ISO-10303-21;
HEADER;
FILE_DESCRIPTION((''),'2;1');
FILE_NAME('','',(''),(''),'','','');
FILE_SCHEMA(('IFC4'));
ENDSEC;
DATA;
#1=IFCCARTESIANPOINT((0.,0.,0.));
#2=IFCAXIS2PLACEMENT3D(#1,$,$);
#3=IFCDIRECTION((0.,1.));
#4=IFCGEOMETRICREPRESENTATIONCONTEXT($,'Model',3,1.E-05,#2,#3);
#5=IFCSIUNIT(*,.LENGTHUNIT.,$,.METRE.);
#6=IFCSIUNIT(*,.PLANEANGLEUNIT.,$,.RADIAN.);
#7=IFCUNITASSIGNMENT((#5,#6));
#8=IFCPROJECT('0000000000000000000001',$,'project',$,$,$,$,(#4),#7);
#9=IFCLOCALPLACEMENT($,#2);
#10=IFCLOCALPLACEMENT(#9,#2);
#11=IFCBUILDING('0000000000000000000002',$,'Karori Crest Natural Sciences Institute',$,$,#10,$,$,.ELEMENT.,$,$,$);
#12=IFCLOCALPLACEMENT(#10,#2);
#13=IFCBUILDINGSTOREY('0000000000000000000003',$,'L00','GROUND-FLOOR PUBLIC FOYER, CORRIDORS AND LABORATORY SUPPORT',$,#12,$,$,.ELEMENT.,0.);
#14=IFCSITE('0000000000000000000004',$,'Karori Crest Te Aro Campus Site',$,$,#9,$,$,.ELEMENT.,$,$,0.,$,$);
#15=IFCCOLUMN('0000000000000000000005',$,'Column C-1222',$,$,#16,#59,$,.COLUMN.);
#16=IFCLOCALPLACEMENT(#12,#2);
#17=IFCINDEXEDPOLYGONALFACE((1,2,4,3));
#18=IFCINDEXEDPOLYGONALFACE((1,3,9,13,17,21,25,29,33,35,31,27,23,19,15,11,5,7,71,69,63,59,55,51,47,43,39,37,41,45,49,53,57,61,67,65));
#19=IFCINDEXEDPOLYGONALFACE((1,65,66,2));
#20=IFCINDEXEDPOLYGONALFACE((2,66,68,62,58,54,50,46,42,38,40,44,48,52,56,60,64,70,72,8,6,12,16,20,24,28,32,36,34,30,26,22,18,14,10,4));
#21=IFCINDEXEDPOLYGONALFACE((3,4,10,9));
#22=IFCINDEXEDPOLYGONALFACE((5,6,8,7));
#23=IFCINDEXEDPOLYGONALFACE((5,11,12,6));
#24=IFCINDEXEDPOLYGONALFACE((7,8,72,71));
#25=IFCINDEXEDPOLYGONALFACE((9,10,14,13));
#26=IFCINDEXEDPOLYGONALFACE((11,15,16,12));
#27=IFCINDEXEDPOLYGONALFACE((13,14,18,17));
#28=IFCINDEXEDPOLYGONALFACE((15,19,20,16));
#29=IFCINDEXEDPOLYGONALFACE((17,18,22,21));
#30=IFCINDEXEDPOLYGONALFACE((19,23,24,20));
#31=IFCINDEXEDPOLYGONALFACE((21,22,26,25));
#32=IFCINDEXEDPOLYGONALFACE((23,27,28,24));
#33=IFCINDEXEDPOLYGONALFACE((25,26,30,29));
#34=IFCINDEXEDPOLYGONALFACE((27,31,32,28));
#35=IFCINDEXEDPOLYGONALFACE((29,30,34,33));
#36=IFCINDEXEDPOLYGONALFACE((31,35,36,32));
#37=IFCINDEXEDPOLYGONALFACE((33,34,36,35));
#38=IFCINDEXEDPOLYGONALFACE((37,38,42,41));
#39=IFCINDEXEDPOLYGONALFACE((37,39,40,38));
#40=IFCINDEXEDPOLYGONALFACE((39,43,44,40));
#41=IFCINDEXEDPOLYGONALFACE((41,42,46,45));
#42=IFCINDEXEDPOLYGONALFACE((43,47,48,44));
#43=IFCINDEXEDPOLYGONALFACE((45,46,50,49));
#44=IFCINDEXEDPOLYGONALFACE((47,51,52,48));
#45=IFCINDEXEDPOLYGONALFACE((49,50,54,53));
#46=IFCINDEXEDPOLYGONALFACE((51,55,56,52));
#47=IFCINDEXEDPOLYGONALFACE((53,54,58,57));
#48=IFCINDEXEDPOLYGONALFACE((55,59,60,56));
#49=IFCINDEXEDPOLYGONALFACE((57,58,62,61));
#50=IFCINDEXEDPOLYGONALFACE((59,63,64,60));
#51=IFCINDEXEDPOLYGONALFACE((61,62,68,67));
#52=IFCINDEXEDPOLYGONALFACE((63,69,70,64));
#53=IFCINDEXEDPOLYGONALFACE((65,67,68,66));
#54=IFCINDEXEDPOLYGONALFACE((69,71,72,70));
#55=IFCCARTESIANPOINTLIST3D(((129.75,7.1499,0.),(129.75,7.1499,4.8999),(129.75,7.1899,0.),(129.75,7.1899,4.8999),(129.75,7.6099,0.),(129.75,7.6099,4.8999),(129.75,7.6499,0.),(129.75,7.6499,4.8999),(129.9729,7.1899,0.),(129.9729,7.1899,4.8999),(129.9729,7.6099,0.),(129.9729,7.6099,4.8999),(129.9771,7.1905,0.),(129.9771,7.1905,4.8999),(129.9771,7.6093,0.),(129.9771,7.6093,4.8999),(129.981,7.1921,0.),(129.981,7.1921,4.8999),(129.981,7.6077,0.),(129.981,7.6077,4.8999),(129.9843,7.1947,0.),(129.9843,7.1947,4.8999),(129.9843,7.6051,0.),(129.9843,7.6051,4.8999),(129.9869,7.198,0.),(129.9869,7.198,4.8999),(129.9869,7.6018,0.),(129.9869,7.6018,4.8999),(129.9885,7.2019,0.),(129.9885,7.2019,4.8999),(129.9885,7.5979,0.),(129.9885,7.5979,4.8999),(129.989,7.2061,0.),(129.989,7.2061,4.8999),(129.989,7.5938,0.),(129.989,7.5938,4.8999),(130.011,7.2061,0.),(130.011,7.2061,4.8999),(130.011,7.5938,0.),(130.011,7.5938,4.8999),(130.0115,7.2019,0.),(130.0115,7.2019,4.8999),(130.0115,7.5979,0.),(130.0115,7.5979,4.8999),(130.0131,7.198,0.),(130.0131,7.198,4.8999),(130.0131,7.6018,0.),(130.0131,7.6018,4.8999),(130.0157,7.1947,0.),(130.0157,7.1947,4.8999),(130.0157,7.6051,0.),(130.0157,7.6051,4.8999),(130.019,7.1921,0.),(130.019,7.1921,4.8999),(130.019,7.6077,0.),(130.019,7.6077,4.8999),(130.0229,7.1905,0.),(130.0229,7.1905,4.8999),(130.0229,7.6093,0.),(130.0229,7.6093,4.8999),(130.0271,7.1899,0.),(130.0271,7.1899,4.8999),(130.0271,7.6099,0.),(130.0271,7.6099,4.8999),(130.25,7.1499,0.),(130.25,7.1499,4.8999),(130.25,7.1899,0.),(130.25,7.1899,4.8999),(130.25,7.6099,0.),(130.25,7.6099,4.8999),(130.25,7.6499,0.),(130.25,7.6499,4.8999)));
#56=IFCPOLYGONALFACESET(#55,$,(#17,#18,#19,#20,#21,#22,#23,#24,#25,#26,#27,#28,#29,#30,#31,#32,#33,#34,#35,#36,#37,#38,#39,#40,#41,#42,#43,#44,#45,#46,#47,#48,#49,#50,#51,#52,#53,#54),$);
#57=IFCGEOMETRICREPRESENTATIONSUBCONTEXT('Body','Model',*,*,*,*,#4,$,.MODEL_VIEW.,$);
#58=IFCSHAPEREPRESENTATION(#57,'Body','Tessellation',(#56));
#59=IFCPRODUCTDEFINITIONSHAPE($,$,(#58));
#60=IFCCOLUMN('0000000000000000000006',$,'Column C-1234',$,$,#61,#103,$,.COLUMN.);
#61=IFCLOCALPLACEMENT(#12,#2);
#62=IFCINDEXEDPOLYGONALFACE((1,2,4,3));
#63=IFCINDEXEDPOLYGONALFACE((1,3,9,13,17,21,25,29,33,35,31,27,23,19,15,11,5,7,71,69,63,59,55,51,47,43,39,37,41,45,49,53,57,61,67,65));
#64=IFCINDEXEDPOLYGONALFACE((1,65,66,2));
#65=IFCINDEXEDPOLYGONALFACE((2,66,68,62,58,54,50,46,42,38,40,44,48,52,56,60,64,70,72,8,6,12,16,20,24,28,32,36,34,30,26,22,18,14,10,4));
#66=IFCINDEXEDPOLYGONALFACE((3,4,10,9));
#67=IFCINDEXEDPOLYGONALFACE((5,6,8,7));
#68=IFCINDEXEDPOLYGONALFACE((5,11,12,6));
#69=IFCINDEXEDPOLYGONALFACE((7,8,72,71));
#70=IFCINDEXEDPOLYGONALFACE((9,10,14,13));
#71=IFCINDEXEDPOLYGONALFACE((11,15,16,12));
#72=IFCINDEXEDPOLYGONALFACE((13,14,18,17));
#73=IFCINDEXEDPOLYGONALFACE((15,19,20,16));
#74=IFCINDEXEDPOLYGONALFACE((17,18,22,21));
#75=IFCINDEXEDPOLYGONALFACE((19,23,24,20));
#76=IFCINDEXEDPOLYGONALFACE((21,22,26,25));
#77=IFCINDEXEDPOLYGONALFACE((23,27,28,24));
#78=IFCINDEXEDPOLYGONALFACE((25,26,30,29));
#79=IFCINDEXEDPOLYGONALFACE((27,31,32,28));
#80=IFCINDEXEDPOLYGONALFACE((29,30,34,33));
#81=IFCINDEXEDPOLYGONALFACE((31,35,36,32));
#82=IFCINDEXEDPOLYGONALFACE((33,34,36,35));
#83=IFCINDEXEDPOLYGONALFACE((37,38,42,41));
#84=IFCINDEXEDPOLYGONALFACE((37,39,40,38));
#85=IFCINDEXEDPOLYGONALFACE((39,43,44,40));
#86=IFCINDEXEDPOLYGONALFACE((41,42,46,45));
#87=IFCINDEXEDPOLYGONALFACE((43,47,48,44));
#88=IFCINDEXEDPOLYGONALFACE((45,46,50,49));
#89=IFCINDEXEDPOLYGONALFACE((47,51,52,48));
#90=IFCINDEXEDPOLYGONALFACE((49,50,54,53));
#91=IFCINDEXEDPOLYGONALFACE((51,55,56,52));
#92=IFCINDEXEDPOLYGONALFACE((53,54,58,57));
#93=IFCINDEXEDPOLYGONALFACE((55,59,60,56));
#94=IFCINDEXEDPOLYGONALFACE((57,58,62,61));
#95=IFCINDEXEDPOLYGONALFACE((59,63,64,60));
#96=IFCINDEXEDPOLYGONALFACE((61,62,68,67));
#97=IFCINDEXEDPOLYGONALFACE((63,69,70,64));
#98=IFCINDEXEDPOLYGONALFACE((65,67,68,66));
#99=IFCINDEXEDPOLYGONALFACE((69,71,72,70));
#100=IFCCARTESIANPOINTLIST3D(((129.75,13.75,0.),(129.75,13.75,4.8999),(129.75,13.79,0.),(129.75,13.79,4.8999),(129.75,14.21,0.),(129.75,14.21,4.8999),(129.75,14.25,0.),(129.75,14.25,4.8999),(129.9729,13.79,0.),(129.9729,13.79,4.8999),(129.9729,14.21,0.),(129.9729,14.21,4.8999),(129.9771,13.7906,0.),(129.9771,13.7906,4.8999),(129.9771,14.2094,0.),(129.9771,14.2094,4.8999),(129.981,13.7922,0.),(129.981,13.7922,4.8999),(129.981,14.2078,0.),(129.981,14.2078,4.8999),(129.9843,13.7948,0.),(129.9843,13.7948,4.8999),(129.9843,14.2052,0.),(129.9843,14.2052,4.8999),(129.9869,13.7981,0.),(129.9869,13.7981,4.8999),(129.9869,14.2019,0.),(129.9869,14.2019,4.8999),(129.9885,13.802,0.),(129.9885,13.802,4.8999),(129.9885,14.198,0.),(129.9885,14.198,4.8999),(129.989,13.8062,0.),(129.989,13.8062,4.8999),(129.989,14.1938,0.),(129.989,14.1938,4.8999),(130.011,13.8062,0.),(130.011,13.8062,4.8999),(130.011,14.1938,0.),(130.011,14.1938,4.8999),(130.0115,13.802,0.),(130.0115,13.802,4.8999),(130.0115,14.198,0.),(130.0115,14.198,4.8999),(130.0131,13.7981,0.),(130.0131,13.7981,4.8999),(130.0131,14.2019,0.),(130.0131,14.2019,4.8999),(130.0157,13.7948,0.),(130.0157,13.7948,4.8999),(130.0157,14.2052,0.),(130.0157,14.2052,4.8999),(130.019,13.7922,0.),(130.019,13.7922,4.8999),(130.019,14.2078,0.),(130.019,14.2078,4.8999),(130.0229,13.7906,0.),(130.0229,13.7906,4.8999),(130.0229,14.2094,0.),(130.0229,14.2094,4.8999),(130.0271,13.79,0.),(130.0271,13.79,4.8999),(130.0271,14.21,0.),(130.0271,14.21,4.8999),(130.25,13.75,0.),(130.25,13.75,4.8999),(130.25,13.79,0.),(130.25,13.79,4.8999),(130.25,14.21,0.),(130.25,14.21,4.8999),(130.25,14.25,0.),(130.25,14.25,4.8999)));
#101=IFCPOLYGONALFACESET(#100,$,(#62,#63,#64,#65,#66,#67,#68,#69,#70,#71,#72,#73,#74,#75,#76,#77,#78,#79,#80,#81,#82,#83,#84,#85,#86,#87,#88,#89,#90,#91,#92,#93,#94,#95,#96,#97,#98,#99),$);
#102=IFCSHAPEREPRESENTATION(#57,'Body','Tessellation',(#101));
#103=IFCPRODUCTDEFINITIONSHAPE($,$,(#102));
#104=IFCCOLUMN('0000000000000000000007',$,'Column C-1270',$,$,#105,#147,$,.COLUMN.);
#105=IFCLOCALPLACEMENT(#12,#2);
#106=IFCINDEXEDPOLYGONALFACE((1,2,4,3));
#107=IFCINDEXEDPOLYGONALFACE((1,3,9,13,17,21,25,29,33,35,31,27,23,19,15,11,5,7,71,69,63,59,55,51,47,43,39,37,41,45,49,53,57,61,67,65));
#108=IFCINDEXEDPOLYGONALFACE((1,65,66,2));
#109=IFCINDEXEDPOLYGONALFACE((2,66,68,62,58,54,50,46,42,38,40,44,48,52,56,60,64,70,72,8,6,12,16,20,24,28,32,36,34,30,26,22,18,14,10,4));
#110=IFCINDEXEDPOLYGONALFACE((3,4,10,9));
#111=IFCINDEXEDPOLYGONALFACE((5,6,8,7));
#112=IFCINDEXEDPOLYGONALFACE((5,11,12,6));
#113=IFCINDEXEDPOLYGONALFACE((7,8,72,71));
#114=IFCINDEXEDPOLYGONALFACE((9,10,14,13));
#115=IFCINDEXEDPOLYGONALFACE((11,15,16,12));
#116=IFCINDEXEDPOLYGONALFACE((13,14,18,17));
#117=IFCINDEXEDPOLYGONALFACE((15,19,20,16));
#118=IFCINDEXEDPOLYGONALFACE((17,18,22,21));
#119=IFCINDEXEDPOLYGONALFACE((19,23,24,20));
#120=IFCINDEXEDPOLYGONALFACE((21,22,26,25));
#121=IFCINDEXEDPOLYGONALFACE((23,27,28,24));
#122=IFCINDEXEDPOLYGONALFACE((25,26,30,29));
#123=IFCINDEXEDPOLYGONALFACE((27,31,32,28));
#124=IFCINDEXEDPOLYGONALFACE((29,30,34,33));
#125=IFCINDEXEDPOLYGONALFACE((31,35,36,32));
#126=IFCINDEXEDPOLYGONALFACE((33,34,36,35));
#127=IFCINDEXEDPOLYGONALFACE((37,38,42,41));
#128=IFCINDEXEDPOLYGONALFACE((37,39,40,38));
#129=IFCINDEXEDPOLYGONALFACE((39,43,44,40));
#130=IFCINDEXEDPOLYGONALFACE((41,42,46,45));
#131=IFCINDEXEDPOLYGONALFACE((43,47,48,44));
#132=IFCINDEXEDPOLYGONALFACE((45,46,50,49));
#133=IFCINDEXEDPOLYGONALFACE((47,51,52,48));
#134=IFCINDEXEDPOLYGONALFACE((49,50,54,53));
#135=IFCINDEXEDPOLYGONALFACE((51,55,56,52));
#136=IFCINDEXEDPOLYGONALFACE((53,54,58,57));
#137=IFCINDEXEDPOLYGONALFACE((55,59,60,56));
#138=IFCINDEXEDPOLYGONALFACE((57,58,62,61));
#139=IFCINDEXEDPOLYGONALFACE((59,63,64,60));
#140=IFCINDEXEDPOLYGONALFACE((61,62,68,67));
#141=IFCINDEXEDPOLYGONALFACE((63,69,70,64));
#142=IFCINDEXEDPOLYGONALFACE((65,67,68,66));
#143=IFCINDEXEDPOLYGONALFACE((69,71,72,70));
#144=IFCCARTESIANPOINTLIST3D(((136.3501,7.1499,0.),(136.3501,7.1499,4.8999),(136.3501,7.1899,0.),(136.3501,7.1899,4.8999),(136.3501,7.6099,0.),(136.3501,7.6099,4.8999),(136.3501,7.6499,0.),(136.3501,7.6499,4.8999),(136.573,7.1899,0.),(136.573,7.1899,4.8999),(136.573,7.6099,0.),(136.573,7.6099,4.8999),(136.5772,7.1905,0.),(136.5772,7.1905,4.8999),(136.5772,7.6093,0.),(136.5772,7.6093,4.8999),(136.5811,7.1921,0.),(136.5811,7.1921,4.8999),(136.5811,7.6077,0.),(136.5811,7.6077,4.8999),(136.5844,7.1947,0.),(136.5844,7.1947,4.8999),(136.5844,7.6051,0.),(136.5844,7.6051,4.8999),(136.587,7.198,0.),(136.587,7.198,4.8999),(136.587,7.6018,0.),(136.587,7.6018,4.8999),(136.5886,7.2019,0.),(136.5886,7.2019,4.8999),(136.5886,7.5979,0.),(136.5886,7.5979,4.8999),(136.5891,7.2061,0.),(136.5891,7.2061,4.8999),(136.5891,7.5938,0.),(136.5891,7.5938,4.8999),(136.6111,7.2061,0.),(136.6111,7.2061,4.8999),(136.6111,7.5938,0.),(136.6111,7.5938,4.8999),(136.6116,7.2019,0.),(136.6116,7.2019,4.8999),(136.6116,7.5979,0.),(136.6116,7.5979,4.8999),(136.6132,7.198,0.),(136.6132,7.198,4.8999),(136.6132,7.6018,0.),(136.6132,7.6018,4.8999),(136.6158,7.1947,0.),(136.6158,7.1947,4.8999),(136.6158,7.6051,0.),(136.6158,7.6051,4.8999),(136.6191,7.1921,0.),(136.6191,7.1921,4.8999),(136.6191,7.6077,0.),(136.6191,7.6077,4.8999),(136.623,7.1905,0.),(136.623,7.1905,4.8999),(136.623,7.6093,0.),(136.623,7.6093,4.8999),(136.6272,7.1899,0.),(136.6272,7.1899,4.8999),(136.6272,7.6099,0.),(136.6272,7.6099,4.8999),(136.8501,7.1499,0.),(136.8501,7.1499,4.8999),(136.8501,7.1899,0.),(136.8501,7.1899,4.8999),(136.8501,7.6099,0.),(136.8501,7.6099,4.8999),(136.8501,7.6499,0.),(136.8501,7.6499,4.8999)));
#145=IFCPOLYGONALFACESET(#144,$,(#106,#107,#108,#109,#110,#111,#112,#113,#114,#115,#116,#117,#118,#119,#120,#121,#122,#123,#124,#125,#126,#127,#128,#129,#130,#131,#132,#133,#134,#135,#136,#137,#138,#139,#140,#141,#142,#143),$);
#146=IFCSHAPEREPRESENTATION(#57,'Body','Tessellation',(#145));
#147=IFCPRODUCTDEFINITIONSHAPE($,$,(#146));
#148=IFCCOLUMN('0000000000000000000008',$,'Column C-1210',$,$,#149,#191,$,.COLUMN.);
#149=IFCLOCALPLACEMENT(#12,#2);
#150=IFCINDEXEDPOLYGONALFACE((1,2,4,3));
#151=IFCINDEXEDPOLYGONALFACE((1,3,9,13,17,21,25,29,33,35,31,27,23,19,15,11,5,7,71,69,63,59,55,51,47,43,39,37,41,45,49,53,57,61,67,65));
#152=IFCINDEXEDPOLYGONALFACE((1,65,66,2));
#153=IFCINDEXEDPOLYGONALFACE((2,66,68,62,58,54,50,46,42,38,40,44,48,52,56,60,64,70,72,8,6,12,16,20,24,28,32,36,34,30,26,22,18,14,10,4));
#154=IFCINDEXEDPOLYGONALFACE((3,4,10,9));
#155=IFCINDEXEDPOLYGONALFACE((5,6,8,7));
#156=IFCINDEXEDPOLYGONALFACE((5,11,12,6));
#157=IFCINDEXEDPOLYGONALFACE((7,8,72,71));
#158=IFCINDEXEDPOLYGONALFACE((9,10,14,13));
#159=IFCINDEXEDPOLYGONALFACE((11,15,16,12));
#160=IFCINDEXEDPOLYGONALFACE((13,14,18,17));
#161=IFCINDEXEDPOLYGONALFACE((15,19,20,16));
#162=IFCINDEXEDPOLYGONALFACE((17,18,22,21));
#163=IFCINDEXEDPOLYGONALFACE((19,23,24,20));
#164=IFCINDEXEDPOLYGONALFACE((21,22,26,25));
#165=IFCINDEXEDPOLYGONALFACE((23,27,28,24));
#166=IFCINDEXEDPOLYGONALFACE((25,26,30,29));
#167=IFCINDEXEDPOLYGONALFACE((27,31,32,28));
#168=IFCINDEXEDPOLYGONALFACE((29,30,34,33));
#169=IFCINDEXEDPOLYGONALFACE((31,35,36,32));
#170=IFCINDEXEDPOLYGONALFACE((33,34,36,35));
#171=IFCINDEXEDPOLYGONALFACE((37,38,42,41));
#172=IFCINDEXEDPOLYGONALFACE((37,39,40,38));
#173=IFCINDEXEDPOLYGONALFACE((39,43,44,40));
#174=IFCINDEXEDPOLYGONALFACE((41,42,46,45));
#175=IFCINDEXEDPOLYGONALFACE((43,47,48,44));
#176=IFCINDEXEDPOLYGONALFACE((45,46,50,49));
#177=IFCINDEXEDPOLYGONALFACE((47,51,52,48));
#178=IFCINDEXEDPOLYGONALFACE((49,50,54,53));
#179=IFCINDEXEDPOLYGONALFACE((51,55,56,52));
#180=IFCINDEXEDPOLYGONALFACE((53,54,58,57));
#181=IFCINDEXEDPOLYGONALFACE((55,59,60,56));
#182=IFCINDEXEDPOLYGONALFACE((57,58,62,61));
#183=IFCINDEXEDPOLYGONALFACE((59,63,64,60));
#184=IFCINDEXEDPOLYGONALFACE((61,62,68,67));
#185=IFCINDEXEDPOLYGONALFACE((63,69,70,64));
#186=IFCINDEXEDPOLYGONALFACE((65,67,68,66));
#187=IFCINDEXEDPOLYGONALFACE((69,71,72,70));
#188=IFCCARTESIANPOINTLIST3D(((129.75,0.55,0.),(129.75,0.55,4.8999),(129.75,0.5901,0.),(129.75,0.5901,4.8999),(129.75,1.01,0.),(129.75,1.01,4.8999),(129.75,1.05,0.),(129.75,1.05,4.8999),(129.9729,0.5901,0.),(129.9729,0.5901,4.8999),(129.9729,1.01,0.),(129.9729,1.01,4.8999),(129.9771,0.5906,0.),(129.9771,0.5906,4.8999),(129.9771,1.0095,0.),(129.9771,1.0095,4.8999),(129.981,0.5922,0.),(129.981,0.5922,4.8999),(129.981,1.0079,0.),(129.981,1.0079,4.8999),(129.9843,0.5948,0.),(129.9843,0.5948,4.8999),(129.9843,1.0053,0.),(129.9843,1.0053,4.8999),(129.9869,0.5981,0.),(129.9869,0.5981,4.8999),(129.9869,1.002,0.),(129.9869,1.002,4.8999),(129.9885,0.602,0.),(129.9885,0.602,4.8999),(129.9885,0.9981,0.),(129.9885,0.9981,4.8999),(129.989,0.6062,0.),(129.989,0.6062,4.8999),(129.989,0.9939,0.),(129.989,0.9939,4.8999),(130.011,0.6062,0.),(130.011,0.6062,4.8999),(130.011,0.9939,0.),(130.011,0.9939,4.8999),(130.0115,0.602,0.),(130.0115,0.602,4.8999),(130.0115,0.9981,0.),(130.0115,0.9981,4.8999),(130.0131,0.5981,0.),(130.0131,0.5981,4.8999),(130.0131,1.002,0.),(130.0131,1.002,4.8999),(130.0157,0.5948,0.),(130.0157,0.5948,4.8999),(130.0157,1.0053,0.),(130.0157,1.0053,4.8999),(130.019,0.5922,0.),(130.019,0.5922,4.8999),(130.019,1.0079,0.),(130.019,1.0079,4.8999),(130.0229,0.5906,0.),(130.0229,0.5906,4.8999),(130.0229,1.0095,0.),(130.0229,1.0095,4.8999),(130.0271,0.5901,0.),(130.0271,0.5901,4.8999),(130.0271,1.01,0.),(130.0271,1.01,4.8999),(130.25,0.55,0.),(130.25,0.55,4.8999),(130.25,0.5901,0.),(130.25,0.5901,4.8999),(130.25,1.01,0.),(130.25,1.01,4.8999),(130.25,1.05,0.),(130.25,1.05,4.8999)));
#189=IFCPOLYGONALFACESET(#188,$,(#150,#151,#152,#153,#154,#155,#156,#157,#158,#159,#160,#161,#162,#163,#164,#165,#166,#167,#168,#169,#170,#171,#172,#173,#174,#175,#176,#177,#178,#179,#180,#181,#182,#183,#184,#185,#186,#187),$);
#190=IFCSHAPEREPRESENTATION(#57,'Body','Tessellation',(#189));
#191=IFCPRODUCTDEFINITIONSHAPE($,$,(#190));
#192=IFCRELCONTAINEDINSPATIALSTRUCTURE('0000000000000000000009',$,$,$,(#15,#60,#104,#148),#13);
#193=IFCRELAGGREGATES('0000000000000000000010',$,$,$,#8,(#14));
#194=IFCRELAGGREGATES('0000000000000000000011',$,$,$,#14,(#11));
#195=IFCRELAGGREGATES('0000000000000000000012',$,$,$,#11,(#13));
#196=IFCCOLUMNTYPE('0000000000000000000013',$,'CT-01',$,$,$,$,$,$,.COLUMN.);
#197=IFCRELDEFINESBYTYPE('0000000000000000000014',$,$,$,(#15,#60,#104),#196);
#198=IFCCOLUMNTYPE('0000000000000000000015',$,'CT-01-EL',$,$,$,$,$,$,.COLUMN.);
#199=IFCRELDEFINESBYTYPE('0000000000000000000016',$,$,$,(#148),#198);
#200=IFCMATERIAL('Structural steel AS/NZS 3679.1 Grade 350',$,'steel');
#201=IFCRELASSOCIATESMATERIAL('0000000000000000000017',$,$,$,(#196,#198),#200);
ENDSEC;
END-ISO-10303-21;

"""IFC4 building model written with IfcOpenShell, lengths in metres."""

from ifc_helpers import new_model, si_unit, direction, frame, origin, origin_2d, place, context, subcontext, project, spatial, i_section, extrude, material, material_profile, profile_set, type_object, element, save


model = new_model("IFC4")

# Units and contexts
model_context = context("Model", 3, precision=1e-05, world=origin(), true_north=direction((0.0, 1.0)))
body_context = subcontext(model_context, "Body", "Model", "MODEL_VIEW")
ifc_project = project(units=[si_unit("LENGTHUNIT", "METRE"), si_unit("PLANEANGLEUNIT", "RADIAN")], contexts=[model_context])

# Site, building, storey
site_placement = place(None, origin())
site = spatial("IfcSite", under=ifc_project, at=site_placement, Name="Karori Crest Te Aro Campus Site", CompositionType="ELEMENT", RefElevation=0.0)
building_placement = place(site_placement, origin())
building = spatial("IfcBuilding", under=site, at=building_placement, Name="Karori Crest Natural Sciences Institute", CompositionType="ELEMENT")
storey_placement = place(building_placement, origin())
storey = spatial("IfcBuildingStorey", under=building, at=storey_placement, Name="L00", Description="GROUND-FLOOR PUBLIC FOYER, CORRIDORS AND LABORATORY SUPPORT", CompositionType="ELEMENT", Elevation=0.0)

# Columns
ifc_material_1 = material(Name="Structural steel AS/NZS 3679.1 Grade 350", Category="steel")
ifc_material_profile_1 = material_profile(ifc_material_1, i_section(OverallWidth=0.5, OverallDepth=0.5, WebThickness=0.022, FlangeThickness=0.04, FilletRadius=0.0161, at=origin_2d()), Name="500WC440")
ifc_profile_set_1 = profile_set([ifc_material_profile_1], Name="Structural steel AS/NZS 3679.1 Grade 350")
column_type_1 = type_object("IfcColumnType", Name="CT-01", PredefinedType="COLUMN", material=ifc_profile_set_1)
for number, where, z_axis, x_axis, name in (
    (1, (130.0, 7.3999, 0.0), (0.0, 0.0, 1.0), (1.0, 0.0, 0.0), "Column C-1222"),
    (2, (130.0, 14.0, 0.0), (0.0, 0.0, 1.0), (1.0, 0.0, 0.0), "Column C-1234"),
    (3, (136.6001, 7.3999, 0.0), (0.0, 0.0, 1.0), (1.0, 0.0, 0.0), "Column C-1270"),
):
    element("IfcColumn", number, at=place(storey_placement, frame(where, z_axis=z_axis, x_axis=x_axis)), inside=storey, type_object=column_type_1, Name=name, PredefinedType="COLUMN", context=body_context, shape_type="SweptSolid", body=[
        extrude(i_section(OverallWidth=0.5, OverallDepth=0.5, WebThickness=0.022, FlangeThickness=0.04, FilletRadius=0.0161, at=origin_2d()), origin(), (0.0, 0.0, 1.0), 4.8999),
    ])
ifc_material_profile_2 = material_profile(ifc_material_1, i_section(OverallWidth=0.5, OverallDepth=0.5, WebThickness=0.022, FlangeThickness=0.04, FilletRadius=0.0161, at=origin_2d()), Name="500WC440")
ifc_profile_set_2 = profile_set([ifc_material_profile_2], Name="Structural steel AS/NZS 3679.1 Grade 350")
column_type_2 = type_object("IfcColumnType", Name="CT-01-EL", PredefinedType="COLUMN", material=ifc_profile_set_2)
for number, where, z_axis, x_axis, name in (
    (4, (130.0, 0.8, 0.0), (0.0, 0.0, 1.0), (1.0, 0.0, 0.0), "Column C-1210"),
):
    element("IfcColumn", number, at=place(storey_placement, frame(where, z_axis=z_axis, x_axis=x_axis)), inside=storey, type_object=column_type_2, Name=name, PredefinedType="COLUMN", context=body_context, shape_type="SweptSolid", body=[
        extrude(i_section(OverallWidth=0.5, OverallDepth=0.5, WebThickness=0.022, FlangeThickness=0.04, FilletRadius=0.0161, at=origin_2d()), origin(), (0.0, 0.0, 1.0), 4.8999),
    ])

save(model, "model.ifc")
